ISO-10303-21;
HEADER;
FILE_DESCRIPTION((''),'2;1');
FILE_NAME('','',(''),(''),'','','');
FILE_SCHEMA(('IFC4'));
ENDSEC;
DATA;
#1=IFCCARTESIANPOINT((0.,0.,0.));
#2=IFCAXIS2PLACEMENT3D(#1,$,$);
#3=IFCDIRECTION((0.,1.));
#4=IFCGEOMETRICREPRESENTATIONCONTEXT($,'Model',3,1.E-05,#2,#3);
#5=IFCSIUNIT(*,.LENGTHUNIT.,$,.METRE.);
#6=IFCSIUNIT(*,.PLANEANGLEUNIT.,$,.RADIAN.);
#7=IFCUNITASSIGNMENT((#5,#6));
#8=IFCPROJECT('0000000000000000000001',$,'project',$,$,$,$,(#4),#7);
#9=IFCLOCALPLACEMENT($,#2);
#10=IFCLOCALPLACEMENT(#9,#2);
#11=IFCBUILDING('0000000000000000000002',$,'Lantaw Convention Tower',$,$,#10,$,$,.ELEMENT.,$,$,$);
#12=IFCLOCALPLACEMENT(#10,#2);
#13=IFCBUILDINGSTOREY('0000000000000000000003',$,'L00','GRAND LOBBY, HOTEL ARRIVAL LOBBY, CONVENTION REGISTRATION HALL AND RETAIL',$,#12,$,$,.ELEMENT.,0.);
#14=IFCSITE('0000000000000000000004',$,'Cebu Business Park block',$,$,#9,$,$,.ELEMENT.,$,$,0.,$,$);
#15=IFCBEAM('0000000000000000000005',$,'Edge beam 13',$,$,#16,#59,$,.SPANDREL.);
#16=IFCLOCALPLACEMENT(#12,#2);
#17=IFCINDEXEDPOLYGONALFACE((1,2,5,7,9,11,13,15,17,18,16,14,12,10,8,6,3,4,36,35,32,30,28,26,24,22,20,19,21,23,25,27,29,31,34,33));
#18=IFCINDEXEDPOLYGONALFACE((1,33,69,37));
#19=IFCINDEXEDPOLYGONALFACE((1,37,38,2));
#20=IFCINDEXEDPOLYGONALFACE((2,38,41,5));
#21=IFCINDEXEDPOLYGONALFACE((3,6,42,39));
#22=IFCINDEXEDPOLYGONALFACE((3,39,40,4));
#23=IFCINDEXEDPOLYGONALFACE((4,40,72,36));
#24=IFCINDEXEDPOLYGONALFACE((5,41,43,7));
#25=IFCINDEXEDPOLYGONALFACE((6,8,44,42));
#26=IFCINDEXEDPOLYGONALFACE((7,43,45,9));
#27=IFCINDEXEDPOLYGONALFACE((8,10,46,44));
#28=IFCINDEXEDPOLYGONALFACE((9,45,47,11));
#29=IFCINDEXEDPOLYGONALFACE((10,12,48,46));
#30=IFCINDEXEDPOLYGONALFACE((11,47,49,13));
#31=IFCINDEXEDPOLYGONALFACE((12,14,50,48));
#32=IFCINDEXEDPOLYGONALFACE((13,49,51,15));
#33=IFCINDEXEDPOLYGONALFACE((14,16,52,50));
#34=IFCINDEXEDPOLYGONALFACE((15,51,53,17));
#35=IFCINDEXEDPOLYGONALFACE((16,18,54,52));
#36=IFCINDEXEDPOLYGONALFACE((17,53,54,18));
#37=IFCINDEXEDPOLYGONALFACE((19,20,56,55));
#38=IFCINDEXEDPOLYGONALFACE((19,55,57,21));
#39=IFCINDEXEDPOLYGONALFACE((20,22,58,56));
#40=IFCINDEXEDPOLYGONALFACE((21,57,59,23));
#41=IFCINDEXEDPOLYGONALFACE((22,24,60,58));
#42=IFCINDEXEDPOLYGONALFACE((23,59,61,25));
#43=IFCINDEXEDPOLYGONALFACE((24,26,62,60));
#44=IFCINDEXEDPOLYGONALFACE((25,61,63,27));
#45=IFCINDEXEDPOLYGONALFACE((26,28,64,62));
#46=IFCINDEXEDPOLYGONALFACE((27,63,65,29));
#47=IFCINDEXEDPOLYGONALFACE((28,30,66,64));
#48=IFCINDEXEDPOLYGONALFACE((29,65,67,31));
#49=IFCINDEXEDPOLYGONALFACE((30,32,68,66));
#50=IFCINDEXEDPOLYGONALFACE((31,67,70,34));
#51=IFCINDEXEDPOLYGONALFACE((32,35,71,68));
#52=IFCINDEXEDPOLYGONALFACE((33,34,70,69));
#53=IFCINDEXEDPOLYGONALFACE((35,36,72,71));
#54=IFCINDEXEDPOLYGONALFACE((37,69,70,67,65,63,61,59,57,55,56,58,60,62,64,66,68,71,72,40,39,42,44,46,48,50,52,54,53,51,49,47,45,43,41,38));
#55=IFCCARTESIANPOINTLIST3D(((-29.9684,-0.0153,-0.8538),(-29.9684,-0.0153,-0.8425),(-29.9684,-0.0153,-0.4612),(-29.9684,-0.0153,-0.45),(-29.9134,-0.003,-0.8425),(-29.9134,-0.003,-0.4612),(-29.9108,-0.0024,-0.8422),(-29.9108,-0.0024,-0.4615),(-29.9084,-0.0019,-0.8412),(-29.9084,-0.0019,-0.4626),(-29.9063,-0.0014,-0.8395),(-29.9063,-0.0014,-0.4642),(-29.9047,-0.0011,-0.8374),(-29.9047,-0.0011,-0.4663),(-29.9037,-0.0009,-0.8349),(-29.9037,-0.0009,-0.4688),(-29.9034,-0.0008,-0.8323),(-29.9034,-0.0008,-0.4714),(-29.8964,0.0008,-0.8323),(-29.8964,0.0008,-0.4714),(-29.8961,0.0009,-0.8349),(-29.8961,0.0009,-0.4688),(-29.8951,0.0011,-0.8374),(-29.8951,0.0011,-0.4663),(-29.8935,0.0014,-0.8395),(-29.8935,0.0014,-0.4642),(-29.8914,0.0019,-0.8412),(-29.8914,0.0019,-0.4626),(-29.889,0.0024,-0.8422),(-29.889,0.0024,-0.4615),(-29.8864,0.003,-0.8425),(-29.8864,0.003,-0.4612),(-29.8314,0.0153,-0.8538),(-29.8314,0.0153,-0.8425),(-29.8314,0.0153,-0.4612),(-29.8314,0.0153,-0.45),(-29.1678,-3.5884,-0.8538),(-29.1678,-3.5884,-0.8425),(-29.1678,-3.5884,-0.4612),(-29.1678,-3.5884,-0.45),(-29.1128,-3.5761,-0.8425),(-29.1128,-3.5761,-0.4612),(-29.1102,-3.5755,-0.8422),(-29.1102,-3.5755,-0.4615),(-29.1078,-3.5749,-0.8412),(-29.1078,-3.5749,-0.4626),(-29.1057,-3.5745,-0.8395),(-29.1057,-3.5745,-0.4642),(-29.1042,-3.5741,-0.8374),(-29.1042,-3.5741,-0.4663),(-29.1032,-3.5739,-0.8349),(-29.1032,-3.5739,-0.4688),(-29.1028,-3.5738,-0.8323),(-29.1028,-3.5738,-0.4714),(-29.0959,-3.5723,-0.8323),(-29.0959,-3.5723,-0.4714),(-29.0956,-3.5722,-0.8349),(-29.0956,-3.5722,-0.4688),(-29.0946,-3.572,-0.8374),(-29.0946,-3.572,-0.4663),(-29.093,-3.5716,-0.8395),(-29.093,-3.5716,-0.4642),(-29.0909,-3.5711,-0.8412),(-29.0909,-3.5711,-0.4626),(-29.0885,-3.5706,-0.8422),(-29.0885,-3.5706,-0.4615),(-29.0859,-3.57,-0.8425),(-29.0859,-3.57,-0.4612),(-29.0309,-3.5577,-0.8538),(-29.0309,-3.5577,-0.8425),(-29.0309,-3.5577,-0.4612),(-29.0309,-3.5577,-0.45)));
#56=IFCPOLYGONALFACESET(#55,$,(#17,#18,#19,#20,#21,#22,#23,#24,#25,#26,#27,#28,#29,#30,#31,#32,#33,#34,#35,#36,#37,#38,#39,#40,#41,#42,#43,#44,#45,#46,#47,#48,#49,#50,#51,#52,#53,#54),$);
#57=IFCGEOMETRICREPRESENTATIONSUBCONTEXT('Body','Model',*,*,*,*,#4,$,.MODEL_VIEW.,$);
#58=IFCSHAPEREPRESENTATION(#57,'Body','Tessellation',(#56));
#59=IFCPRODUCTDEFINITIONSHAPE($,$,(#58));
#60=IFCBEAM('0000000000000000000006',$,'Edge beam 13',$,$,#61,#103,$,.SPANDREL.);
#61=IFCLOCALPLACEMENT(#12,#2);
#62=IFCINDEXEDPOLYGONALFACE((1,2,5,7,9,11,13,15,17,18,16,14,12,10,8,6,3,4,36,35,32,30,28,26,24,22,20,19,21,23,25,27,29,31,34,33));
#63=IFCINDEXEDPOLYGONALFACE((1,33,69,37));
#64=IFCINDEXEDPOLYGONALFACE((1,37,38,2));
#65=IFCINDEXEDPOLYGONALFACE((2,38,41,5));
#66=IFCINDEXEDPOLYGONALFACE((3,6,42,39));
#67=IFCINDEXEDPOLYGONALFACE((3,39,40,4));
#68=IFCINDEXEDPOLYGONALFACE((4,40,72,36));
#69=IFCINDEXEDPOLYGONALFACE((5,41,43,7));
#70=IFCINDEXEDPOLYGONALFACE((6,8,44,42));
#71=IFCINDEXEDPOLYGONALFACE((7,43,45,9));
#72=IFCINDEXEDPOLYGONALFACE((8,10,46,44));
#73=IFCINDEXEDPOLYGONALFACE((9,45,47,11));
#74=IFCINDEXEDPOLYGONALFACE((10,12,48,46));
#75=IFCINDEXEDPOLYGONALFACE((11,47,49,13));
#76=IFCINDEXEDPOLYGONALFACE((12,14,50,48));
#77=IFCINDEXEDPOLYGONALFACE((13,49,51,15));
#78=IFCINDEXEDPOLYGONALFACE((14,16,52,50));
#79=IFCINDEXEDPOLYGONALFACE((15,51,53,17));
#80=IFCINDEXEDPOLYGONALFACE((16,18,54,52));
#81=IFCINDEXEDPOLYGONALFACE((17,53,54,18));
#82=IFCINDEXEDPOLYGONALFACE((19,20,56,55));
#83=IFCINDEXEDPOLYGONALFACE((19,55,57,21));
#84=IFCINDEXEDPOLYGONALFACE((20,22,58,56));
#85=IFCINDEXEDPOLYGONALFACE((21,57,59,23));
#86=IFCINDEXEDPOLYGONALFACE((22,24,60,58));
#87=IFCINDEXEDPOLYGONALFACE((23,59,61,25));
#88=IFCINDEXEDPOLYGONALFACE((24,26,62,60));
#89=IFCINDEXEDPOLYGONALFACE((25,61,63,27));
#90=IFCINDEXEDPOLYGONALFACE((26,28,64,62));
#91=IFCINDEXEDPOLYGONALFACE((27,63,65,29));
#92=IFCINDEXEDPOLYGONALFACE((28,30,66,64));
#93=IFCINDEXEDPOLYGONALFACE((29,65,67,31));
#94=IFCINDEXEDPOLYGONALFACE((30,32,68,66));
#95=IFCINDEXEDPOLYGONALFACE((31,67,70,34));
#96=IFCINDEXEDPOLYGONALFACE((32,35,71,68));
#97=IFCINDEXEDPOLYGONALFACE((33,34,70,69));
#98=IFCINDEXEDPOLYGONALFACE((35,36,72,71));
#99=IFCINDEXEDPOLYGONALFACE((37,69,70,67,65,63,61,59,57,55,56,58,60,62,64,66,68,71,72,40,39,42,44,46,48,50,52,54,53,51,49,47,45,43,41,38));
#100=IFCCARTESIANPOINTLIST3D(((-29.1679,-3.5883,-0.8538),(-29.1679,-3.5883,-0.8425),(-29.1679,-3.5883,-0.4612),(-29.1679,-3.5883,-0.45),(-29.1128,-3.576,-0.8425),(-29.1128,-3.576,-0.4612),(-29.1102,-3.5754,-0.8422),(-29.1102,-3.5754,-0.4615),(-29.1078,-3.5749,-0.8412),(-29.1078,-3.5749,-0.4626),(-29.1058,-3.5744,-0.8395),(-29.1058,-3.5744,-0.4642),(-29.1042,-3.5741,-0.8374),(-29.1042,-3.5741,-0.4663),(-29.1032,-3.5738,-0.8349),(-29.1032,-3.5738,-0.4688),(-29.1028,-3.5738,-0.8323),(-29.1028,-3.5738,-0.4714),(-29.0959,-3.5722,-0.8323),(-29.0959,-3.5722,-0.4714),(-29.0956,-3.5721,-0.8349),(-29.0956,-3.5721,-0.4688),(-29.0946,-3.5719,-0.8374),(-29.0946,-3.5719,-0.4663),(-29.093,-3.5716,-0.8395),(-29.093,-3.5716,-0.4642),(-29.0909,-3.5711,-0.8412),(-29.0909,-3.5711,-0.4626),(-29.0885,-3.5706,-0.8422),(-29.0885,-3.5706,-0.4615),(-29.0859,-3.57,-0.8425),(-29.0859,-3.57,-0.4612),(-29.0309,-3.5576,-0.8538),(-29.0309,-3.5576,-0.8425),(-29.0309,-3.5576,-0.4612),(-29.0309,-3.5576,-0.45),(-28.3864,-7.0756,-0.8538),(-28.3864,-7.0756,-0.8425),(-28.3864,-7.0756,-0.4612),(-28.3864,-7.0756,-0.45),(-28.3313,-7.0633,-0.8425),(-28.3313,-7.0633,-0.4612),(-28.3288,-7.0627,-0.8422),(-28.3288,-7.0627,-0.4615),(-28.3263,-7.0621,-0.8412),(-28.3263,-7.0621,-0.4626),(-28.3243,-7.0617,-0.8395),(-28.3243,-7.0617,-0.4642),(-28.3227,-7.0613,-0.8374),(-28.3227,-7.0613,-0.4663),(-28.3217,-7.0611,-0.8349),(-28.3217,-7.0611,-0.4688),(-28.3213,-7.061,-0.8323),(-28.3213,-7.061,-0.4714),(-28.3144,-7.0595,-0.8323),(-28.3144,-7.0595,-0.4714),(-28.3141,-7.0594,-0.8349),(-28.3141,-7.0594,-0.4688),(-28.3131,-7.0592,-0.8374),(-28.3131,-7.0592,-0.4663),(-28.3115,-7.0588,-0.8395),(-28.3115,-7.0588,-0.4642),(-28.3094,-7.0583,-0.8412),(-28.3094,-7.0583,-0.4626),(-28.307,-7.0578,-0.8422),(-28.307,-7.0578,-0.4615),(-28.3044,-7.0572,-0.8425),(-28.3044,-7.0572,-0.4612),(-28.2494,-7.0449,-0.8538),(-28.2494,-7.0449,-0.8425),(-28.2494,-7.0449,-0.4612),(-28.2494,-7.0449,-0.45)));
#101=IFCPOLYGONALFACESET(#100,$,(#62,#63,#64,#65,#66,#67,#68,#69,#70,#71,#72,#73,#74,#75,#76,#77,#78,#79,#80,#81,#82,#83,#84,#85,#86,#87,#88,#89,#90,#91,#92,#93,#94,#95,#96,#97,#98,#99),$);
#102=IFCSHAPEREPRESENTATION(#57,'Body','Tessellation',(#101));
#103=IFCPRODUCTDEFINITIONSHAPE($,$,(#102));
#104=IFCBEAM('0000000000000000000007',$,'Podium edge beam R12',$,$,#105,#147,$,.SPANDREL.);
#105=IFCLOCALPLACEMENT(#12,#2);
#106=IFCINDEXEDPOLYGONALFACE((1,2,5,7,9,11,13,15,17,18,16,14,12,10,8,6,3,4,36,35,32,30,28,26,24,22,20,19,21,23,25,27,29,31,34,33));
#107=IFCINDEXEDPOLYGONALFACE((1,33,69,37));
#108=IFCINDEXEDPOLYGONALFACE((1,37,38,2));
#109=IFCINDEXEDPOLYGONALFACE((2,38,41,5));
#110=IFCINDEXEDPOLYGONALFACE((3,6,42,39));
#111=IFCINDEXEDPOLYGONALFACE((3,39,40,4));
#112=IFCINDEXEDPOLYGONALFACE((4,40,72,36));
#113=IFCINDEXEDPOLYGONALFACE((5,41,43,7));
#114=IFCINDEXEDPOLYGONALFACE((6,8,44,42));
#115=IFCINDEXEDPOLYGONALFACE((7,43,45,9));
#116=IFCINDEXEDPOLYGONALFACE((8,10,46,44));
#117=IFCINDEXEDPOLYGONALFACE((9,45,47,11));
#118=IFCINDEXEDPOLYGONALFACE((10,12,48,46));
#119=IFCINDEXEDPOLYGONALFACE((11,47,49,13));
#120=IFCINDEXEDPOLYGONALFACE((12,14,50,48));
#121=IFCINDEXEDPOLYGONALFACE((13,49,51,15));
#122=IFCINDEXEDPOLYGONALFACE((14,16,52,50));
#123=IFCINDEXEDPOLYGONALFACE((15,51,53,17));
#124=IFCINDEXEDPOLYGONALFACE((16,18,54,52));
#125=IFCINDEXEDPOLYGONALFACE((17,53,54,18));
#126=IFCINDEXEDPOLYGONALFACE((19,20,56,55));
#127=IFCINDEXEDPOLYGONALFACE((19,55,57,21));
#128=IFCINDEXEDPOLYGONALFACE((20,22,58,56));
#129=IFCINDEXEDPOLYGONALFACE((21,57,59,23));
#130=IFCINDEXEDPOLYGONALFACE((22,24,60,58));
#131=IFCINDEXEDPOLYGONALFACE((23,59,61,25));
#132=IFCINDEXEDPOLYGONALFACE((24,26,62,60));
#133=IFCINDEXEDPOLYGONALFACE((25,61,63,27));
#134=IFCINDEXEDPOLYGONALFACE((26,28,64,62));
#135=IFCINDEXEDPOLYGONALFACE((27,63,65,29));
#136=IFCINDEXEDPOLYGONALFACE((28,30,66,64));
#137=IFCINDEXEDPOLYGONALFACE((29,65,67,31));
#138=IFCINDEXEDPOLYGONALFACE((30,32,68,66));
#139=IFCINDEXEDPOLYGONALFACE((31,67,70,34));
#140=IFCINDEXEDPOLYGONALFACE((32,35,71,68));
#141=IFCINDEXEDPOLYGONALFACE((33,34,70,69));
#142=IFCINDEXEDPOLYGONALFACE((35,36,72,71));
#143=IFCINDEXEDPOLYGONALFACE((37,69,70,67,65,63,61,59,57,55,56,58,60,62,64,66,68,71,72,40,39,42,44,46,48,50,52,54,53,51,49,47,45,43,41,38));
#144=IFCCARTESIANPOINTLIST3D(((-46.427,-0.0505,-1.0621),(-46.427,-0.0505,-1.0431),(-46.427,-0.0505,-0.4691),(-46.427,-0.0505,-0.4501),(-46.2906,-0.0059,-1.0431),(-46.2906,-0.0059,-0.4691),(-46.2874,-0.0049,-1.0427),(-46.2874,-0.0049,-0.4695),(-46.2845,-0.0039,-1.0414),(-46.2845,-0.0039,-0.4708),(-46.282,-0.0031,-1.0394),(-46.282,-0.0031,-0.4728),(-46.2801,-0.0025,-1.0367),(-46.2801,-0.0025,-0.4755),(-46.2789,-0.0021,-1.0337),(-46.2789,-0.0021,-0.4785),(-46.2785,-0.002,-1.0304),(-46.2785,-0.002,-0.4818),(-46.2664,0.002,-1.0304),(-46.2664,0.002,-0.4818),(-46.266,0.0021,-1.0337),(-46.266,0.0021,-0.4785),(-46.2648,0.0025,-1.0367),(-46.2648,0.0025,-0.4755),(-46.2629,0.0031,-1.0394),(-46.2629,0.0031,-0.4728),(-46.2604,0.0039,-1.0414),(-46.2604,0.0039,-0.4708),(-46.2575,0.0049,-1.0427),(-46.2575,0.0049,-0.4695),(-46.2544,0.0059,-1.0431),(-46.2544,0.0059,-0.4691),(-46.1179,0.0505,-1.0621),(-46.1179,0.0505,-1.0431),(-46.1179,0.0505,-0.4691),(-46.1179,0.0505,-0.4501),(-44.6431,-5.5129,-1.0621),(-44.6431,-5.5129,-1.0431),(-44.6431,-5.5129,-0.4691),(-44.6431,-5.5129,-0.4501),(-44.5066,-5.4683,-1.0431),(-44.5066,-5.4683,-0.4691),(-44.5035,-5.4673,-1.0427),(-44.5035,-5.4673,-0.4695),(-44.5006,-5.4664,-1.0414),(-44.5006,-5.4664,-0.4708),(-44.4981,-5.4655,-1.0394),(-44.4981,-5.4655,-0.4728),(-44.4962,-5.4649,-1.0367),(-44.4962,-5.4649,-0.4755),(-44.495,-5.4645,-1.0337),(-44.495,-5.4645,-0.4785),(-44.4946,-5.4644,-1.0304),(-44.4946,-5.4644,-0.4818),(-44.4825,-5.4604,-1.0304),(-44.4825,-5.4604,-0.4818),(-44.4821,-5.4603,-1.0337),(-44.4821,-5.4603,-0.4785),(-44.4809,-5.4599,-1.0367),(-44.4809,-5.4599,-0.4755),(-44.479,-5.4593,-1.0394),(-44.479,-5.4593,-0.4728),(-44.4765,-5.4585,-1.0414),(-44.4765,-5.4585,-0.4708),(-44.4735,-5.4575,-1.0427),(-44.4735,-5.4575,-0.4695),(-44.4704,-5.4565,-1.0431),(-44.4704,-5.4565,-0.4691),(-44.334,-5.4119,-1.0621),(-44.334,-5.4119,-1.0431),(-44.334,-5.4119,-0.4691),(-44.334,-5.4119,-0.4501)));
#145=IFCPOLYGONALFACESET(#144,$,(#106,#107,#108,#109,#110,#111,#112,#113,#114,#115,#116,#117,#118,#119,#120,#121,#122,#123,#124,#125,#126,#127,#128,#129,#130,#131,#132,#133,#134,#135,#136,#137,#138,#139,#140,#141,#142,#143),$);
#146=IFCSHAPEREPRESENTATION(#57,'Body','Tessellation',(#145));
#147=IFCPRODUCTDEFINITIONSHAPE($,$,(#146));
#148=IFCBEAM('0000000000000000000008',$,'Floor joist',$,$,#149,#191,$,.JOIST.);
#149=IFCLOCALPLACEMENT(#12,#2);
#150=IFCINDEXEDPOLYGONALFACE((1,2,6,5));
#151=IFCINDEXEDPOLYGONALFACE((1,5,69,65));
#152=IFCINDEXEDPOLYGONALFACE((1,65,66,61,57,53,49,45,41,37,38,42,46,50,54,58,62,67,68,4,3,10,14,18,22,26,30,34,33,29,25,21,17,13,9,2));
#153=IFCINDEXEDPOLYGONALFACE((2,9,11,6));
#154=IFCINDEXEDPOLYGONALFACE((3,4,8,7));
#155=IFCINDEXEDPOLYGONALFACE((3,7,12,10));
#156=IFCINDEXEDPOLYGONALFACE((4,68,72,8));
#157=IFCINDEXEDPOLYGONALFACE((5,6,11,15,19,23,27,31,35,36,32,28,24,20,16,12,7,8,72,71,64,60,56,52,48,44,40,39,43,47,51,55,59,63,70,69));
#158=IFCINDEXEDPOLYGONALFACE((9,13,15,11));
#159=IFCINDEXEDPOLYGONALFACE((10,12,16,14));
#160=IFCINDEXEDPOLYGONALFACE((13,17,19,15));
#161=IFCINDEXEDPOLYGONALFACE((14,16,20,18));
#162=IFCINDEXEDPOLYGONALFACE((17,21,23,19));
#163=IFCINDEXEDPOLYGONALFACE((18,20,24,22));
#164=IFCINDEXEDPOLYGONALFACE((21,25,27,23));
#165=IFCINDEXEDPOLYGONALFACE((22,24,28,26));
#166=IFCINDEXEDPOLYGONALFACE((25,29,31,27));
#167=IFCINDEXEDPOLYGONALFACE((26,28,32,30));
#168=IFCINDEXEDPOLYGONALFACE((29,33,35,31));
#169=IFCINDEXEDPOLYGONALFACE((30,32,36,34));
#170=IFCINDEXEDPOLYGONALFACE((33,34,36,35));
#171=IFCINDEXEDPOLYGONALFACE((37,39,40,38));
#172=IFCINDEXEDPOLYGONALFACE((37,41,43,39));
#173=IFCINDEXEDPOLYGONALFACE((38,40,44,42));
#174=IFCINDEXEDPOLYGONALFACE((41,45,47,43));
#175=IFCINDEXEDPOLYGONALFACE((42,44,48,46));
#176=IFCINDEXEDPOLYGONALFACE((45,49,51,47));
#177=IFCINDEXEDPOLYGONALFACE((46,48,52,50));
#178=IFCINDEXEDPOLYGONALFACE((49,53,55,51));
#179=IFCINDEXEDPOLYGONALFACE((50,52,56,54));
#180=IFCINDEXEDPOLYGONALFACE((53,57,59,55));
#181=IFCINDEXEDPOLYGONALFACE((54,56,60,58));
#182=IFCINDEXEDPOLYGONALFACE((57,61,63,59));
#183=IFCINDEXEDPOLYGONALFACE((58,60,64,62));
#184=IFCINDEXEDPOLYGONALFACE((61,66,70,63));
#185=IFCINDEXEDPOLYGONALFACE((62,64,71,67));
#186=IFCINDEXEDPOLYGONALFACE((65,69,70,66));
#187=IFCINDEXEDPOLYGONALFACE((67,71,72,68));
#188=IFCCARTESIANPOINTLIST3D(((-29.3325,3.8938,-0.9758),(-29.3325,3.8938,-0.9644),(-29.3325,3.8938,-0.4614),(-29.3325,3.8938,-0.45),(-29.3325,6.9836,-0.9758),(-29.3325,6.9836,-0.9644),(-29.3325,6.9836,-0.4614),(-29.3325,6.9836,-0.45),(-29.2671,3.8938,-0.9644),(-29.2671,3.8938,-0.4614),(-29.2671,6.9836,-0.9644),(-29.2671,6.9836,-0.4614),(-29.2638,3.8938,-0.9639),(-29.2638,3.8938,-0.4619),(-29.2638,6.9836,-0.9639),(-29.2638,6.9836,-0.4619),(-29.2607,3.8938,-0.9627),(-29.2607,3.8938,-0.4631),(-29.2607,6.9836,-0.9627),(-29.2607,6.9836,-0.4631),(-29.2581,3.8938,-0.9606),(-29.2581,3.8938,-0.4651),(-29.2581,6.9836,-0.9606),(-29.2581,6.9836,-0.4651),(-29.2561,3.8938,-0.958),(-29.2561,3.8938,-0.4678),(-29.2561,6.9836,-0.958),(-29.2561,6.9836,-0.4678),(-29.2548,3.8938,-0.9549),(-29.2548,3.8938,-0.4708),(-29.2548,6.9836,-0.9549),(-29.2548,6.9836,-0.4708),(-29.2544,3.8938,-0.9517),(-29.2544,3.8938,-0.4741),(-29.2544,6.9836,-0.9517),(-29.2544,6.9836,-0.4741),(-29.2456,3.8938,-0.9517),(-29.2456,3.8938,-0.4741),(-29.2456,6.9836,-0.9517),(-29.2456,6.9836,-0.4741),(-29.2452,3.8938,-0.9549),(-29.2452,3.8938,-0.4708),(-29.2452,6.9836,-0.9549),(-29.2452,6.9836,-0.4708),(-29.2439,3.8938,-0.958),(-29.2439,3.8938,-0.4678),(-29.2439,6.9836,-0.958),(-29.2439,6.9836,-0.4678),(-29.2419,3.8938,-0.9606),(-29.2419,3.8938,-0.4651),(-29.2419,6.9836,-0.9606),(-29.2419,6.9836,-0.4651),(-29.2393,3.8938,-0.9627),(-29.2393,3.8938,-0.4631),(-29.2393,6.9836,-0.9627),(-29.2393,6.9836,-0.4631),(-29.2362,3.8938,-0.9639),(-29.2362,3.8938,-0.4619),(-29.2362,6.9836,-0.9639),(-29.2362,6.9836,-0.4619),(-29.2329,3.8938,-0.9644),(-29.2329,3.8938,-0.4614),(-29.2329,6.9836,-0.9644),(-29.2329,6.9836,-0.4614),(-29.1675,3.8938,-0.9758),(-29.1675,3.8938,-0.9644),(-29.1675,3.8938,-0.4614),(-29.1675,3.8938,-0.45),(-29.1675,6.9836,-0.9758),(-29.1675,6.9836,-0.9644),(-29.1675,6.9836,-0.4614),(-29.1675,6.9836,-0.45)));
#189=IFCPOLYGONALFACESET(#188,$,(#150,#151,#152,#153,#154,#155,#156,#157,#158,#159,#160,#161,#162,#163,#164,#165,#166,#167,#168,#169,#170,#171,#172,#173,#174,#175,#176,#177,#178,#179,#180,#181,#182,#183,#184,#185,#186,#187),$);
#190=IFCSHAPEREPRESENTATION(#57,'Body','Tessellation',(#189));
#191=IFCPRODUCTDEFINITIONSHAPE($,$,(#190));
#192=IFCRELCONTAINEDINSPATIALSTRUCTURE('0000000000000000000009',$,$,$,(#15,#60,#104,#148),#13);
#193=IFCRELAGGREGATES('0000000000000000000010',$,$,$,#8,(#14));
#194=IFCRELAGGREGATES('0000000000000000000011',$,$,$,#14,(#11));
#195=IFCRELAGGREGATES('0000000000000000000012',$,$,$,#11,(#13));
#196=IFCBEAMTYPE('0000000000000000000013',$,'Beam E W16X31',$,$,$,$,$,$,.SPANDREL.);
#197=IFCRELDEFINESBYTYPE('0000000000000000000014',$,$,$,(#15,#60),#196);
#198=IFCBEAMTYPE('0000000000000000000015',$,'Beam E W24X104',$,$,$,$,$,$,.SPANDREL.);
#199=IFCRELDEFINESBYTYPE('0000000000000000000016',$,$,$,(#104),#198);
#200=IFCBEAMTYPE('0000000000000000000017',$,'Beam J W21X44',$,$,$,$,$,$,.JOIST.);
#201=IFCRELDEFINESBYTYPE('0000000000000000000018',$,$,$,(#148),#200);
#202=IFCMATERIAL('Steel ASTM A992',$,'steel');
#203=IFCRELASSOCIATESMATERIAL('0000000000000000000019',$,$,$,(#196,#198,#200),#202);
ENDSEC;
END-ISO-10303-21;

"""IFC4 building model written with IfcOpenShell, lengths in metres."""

from ifc_helpers import new_model, si_unit, direction, frame, origin, origin_2d, place, context, subcontext, project, spatial, i_section, extrude, material, material_profile, profile_set, type_object, element, save


model = new_model("IFC4")

# Units and contexts
model_context = context("Model", 3, precision=1e-05, world=origin(), true_north=direction((0.0, 1.0)))
body_context = subcontext(model_context, "Body", "Model", "MODEL_VIEW")
ifc_project = project(units=[si_unit("LENGTHUNIT", "METRE"), si_unit("PLANEANGLEUNIT", "RADIAN")], contexts=[model_context])

# Site, building, storey
site_placement = place(None, origin())
site = spatial("IfcSite", under=ifc_project, at=site_placement, Name="Cebu Business Park block", CompositionType="ELEMENT", RefElevation=0.0)
building_placement = place(site_placement, origin())
building = spatial("IfcBuilding", under=site, at=building_placement, Name="Lantaw Convention Tower", CompositionType="ELEMENT")
storey_placement = place(building_placement, origin())
storey = spatial("IfcBuildingStorey", under=building, at=storey_placement, Name="L00", Description="GRAND LOBBY, HOTEL ARRIVAL LOBBY, CONVENTION REGISTRATION HALL AND RETAIL", CompositionType="ELEMENT", Elevation=0.0)

# Beams
ifc_material_1 = material(Name="Steel ASTM A992", Category="steel")
ifc_material_profile_1 = material_profile(ifc_material_1, i_section(OverallWidth=0.1404, OverallDepth=0.4038, WebThickness=0.0071, FlangeThickness=0.0112, FilletRadius=0.0103, at=origin_2d()), Name="W16X31")
ifc_profile_set_1 = profile_set([ifc_material_profile_1], Name="Steel ASTM A992")
beam_type_1 = type_object("IfcBeamType", Name="Beam E W16X31", PredefinedType="SPANDREL", material=ifc_profile_set_1)
for number, where, z_axis, x_axis, name in (
    (1, (-29.8999, 0.0, -0.6519), (0.218632, -0.975807, 0.0), (0.975807, 0.218632, 0.0), "Edge beam 13"),
):
    element("IfcBeam", number, at=place(storey_placement, frame(where, z_axis=z_axis, x_axis=x_axis)), inside=storey, type_object=beam_type_1, Name=name, PredefinedType="SPANDREL", context=body_context, shape_type="SweptSolid", body=[
        extrude(i_section(OverallWidth=0.1404, OverallDepth=0.4038, WebThickness=0.0071, FlangeThickness=0.0112, FilletRadius=0.0103, at=origin_2d()), origin(), (0.0, 0.0, 1.0), 3.6616),
    ])
beam_1_placement = place(storey_placement, frame((-29.0994, -3.573, -0.6519), z_axis=(0.218673, -0.975798, 0.0), x_axis=(0.975798, 0.218673, 0.0)))
element("IfcBeam", 2, at=beam_1_placement, inside=storey, type_object=beam_type_1, Name="Edge beam 13", PredefinedType="SPANDREL", context=body_context, shape_type="SweptSolid", body=[
    extrude(i_section(OverallWidth=0.1404, OverallDepth=0.4038, WebThickness=0.0071, FlangeThickness=0.0112, FilletRadius=0.0103, at=origin_2d()), origin(), (0.0, 0.0, 1.0), 3.5737),
])
ifc_material_profile_2 = material_profile(ifc_material_1, i_section(OverallWidth=0.3252, OverallDepth=0.6121, WebThickness=0.0127, FlangeThickness=0.019, FilletRadius=0.0127, at=origin_2d()), Name="W24X104")
ifc_profile_set_2 = profile_set([ifc_material_profile_2], Name="Steel ASTM A992")
beam_type_2 = type_object("IfcBeamType", Name="Beam E W24X104", PredefinedType="SPANDREL", material=ifc_profile_set_2)
beam_2_placement = place(storey_placement, frame((-46.2725, 0.0, -0.7561), z_axis=(0.310448, -0.95059, 0.0), x_axis=(0.95059, 0.310448, 0.0)))
element("IfcBeam", 3, at=beam_2_placement, inside=storey, type_object=beam_type_2, Name="Podium edge beam R12", PredefinedType="SPANDREL", context=body_context, shape_type="SweptSolid", body=[
    extrude(i_section(OverallWidth=0.3252, OverallDepth=0.6121, WebThickness=0.0127, FlangeThickness=0.019, FilletRadius=0.0127, at=origin_2d()), origin(), (0.0, 0.0, 1.0), 5.7463),
])
ifc_material_profile_3 = material_profile(ifc_material_1, i_section(OverallWidth=0.165, OverallDepth=0.5259, WebThickness=0.0088, FlangeThickness=0.0115, FilletRadius=0.0127, at=origin_2d()), Name="W21X44")
ifc_profile_set_3 = profile_set([ifc_material_profile_3], Name="Steel ASTM A992")
beam_type_3 = type_object("IfcBeamType", Name="Beam J W21X44", PredefinedType="JOIST", material=ifc_profile_set_3)
beam_3_placement = place(storey_placement, frame((-29.25, 3.8938, -0.7129), z_axis=(0.0, 1.0, 0.0), x_axis=(-1.0, 0.0, 0.0)))
element("IfcBeam", 4, at=beam_3_placement, inside=storey, type_object=beam_type_3, Name="Floor joist", PredefinedType="JOIST", context=body_context, shape_type="SweptSolid", body=[
    extrude(i_section(OverallWidth=0.165, OverallDepth=0.5259, WebThickness=0.0088, FlangeThickness=0.0115, FilletRadius=0.0127, at=origin_2d()), origin(), (0.0, 0.0, 1.0), 3.0898),
])

save(model, "model.ifc")
